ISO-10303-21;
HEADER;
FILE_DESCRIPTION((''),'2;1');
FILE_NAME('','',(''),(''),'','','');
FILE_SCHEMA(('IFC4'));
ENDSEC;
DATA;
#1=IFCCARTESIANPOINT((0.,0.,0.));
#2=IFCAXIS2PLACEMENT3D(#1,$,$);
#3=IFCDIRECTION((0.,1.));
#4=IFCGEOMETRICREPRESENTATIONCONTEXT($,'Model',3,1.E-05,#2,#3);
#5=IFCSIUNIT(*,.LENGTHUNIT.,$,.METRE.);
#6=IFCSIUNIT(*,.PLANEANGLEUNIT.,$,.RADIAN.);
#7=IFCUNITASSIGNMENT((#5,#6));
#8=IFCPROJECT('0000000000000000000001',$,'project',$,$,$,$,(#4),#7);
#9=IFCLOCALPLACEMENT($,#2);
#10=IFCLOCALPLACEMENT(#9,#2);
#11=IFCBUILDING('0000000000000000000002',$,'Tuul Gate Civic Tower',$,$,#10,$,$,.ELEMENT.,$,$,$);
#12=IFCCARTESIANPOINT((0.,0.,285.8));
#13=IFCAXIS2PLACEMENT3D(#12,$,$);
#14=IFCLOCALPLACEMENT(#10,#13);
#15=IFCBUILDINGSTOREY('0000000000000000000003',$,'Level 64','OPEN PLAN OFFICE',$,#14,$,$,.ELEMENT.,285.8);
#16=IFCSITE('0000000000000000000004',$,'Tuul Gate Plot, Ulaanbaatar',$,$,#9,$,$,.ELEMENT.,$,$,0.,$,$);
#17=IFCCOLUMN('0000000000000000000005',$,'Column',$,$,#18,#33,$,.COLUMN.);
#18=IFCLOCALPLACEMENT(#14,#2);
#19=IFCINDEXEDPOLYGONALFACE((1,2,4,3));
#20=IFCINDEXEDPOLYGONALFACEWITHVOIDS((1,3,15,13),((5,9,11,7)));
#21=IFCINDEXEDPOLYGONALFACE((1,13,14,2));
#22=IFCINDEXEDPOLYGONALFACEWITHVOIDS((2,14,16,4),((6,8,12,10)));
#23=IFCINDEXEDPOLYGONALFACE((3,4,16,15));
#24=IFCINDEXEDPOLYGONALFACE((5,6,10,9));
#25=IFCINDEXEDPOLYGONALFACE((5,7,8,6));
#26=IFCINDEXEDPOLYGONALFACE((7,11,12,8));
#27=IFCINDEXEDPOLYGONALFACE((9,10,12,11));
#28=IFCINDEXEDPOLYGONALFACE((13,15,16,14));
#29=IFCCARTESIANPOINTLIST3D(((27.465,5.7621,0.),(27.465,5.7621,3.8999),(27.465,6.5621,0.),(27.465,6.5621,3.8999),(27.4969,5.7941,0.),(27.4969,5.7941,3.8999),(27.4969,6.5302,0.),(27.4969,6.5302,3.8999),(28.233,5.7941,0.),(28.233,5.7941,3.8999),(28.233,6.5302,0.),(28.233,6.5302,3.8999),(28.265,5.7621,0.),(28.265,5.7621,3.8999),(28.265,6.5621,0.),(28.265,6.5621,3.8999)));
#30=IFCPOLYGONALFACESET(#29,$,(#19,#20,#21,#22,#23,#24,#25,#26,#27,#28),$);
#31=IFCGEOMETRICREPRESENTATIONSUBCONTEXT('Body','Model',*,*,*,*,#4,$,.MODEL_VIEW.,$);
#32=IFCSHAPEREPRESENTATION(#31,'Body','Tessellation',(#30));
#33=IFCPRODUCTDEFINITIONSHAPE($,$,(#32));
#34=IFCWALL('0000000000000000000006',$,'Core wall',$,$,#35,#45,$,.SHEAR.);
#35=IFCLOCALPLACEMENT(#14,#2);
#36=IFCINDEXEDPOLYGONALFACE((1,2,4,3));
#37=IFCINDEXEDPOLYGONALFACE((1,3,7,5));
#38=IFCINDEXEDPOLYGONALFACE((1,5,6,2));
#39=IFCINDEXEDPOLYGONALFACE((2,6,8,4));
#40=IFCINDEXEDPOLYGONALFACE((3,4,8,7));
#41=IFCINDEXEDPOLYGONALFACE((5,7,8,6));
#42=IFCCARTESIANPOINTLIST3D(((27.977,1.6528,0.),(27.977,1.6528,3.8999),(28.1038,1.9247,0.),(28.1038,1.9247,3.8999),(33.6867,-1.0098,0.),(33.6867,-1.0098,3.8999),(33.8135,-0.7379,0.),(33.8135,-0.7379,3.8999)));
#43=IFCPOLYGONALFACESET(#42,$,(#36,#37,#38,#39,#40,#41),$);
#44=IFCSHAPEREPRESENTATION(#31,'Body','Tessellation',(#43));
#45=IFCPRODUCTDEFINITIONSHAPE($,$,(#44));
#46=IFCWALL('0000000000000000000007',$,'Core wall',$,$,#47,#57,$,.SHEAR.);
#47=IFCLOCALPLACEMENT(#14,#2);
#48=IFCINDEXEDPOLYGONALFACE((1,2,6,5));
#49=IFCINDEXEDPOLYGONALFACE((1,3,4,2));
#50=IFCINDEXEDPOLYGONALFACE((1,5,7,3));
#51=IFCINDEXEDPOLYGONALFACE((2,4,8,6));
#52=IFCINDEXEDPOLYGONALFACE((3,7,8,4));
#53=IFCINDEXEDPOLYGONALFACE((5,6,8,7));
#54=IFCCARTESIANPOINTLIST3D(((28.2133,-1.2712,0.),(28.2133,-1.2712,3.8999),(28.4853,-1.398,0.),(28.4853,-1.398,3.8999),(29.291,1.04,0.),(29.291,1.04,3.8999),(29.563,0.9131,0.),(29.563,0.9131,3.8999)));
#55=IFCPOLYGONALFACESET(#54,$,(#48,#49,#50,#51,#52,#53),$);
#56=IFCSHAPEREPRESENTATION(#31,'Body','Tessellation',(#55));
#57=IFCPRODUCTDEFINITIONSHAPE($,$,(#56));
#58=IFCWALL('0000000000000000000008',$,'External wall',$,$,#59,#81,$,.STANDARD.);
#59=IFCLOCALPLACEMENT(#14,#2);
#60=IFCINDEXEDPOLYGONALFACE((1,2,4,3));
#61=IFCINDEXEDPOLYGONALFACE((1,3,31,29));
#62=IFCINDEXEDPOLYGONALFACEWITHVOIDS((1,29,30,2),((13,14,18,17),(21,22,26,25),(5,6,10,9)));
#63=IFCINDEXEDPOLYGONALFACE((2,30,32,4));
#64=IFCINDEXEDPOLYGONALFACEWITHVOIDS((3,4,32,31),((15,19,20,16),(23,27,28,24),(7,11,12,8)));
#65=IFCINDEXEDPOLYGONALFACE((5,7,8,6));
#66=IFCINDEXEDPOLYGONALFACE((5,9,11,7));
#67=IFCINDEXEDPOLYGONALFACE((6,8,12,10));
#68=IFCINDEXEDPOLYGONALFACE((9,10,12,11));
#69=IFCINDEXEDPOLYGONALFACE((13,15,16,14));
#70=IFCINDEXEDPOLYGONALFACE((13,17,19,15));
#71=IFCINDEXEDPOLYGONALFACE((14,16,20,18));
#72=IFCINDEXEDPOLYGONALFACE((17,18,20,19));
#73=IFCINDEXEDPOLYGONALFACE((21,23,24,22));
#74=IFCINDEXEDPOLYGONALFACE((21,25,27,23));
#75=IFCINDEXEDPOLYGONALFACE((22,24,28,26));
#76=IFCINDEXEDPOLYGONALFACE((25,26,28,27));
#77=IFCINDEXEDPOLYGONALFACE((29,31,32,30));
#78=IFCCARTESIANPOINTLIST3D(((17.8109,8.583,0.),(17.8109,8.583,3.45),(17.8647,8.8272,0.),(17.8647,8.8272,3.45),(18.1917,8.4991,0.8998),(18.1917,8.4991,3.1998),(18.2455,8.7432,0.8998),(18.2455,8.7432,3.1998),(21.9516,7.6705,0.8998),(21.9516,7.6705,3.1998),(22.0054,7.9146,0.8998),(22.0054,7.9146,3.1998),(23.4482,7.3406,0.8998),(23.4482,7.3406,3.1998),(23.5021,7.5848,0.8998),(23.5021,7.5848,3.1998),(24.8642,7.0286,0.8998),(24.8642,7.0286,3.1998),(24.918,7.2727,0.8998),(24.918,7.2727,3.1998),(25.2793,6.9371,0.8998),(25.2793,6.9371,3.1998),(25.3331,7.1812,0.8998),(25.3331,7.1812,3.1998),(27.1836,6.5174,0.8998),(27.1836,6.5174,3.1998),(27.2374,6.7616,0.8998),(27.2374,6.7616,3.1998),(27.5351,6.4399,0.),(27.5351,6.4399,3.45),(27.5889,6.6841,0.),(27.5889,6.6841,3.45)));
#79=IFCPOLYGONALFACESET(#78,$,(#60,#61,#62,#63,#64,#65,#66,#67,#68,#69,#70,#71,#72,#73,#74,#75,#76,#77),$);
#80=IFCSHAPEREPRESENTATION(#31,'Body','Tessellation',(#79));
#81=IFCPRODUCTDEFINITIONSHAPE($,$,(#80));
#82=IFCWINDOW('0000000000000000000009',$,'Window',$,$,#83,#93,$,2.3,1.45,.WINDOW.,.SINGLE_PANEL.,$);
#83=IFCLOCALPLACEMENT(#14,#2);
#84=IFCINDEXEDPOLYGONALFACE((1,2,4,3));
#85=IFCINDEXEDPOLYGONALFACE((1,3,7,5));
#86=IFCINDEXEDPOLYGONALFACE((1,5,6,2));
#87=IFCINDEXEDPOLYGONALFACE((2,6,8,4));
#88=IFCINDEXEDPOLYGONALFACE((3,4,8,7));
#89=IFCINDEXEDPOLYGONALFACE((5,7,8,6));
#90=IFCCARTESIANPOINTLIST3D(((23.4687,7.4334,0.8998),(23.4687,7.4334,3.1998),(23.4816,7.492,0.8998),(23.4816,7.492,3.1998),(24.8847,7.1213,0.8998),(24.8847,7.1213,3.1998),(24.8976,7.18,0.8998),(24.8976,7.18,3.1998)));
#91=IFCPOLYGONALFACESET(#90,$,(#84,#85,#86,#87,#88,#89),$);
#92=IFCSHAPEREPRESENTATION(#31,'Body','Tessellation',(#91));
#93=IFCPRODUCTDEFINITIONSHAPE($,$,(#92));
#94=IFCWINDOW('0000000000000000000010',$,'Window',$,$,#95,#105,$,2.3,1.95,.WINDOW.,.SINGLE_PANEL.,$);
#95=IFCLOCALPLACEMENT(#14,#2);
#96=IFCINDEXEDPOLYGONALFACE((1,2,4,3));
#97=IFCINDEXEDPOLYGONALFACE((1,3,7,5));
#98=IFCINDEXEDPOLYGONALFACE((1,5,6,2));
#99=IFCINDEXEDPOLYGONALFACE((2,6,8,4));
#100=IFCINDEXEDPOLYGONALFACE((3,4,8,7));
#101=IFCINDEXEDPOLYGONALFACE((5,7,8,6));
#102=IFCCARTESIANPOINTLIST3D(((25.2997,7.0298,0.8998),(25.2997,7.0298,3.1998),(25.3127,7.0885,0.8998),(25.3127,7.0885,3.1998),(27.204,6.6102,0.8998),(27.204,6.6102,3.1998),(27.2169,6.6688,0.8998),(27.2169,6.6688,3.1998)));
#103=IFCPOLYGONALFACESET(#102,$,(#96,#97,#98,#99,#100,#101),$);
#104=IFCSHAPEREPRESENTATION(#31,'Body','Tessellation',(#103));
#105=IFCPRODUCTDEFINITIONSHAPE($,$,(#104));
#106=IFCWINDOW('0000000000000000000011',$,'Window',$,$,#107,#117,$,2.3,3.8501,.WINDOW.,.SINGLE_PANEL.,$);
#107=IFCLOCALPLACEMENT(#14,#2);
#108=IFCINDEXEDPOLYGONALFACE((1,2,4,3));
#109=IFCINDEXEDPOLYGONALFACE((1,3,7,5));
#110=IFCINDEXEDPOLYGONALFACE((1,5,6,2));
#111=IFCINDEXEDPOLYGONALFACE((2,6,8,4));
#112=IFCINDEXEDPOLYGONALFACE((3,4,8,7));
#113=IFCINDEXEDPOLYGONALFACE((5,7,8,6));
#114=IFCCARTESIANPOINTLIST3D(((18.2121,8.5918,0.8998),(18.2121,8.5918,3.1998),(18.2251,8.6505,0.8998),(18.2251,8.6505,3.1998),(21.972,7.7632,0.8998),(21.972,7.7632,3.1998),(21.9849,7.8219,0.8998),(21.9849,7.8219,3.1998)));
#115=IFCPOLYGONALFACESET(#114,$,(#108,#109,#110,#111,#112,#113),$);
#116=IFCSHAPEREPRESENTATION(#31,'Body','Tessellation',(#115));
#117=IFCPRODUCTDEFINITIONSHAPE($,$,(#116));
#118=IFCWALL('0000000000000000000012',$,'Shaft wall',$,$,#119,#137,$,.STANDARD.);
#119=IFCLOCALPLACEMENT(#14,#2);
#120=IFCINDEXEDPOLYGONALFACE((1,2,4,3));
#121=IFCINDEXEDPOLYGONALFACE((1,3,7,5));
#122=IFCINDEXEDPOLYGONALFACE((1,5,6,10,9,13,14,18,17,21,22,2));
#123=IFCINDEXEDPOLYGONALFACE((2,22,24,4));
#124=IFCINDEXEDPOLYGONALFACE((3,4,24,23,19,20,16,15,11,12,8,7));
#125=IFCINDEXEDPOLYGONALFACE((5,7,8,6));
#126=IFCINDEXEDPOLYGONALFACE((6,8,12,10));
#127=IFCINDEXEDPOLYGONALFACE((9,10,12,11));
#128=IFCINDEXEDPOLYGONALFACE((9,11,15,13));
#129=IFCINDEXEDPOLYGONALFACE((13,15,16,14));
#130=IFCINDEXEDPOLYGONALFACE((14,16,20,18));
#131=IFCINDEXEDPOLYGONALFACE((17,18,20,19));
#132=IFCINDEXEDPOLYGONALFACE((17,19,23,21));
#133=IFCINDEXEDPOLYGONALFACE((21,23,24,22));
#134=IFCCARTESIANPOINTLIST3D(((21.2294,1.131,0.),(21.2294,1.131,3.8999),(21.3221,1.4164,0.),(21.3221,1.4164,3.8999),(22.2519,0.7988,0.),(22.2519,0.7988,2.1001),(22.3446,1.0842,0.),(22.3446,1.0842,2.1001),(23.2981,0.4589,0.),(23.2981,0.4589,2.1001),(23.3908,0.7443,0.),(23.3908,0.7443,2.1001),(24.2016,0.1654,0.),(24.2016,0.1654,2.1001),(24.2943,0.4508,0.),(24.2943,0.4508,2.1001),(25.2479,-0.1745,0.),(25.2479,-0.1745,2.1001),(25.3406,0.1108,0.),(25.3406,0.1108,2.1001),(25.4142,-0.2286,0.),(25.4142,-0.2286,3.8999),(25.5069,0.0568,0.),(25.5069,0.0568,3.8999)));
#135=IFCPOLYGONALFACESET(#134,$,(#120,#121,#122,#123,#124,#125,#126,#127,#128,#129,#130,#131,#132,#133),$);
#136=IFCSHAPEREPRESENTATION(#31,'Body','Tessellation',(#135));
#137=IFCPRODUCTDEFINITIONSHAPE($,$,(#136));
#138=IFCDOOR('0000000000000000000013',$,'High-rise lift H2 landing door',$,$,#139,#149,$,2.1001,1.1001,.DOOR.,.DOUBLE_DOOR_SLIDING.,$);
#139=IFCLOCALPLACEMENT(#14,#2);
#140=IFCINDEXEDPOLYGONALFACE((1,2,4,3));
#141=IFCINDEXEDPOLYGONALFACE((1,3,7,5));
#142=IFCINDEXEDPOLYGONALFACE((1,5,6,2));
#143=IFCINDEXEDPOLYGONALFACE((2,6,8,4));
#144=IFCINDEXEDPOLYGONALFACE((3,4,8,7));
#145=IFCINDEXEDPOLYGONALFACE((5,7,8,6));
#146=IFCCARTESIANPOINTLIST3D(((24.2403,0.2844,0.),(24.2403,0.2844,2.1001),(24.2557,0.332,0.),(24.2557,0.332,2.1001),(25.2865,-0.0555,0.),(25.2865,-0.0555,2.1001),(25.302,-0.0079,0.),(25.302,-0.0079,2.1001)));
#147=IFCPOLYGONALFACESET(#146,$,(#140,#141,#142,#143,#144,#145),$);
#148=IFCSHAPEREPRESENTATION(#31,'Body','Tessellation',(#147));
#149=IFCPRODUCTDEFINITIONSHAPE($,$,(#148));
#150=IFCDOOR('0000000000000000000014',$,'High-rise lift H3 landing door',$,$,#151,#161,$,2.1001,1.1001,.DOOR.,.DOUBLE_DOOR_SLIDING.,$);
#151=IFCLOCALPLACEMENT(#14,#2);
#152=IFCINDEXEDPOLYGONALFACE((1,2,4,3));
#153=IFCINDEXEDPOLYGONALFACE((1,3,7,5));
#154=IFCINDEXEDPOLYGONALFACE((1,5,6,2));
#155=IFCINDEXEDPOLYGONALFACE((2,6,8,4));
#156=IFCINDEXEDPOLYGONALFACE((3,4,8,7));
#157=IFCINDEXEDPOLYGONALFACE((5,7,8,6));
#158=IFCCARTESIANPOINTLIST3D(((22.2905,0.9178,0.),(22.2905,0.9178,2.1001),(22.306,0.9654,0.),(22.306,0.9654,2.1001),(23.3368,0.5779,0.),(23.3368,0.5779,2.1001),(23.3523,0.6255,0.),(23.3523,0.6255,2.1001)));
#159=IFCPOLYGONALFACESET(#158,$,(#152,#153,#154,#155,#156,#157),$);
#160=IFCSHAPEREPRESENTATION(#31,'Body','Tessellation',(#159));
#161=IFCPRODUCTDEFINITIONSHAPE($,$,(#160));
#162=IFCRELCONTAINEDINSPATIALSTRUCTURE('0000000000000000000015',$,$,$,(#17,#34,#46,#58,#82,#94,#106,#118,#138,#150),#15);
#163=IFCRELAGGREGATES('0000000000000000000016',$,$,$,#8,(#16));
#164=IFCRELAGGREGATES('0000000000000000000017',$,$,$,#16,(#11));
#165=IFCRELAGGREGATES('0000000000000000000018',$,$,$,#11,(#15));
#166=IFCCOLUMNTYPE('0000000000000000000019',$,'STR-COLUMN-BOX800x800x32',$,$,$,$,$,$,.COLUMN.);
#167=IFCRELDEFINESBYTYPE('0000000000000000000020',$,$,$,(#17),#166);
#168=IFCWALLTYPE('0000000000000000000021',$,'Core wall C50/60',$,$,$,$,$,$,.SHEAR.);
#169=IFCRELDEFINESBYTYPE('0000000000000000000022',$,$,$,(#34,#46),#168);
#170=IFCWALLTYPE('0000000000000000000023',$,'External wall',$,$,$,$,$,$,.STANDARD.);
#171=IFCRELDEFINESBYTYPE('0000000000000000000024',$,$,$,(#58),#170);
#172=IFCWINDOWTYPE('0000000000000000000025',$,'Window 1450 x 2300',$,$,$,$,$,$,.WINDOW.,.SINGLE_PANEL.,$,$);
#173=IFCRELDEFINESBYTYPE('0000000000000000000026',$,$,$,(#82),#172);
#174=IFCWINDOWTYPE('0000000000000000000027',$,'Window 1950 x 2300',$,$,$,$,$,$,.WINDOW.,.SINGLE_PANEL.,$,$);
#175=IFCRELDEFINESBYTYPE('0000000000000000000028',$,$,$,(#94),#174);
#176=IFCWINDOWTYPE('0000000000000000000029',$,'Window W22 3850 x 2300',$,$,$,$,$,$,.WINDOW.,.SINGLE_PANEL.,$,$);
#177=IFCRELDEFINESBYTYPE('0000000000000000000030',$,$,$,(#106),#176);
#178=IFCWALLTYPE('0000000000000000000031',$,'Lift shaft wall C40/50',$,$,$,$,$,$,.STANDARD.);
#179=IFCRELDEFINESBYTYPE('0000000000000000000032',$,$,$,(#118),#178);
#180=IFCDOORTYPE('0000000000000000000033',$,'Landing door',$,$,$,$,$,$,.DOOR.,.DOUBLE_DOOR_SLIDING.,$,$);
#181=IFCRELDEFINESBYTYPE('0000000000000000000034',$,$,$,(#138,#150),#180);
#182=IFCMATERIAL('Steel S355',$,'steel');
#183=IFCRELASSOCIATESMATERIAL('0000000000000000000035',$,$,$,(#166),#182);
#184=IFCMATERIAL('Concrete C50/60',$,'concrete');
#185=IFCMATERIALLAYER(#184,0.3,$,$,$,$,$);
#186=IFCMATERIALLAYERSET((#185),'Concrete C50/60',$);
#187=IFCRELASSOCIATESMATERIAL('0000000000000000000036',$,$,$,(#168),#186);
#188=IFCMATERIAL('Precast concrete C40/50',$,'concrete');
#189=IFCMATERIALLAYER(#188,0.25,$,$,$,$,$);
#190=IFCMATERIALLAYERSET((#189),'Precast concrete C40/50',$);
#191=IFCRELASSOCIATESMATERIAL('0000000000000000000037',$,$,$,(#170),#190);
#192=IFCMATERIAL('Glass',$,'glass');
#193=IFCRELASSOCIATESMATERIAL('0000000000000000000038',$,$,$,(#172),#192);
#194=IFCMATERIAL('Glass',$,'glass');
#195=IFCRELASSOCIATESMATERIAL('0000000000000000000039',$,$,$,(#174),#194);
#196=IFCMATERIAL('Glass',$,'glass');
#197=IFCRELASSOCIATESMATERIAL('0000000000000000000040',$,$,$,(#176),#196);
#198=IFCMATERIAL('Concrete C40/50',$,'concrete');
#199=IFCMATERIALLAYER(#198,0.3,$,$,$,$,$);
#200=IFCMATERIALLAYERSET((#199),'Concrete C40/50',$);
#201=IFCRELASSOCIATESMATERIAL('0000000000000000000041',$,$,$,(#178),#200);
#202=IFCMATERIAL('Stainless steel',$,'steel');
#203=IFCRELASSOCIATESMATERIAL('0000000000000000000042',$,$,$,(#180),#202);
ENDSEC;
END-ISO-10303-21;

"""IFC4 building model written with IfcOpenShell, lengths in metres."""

from ifc_helpers import new_model, si_unit, direction, frame, frame_2d, origin, origin_2d, place, context, subcontext, project, spatial, rectangle, hollow_rectangle, extrude, material, layer, layer_set, material_profile, profile_set, type_object, element, fill, save


model = new_model("IFC4")

# Units and contexts
model_context = context("Model", 3, precision=1e-05, world=origin(), true_north=direction((0.0, 1.0)))
body_context = subcontext(model_context, "Body", "Model", "MODEL_VIEW")
ifc_project = project(units=[si_unit("LENGTHUNIT", "METRE"), si_unit("PLANEANGLEUNIT", "RADIAN")], contexts=[model_context])

# Site, building, storey
site_placement = place(None, origin())
site = spatial("IfcSite", under=ifc_project, at=site_placement, Name="Tuul Gate Plot, Ulaanbaatar", CompositionType="ELEMENT", RefElevation=0.0)
building_placement = place(site_placement, origin())
building = spatial("IfcBuilding", under=site, at=building_placement, Name="Tuul Gate Civic Tower", CompositionType="ELEMENT")
storey_placement = place(building_placement, frame((0.0, 0.0, 285.8)))
storey = spatial("IfcBuildingStorey", under=building, at=storey_placement, Name="Level 64", Description="OPEN PLAN OFFICE", CompositionType="ELEMENT", Elevation=285.8)

# Column
ifc_material_1 = material(Name="Steel S355", Category="steel")
ifc_material_profile_1 = material_profile(ifc_material_1, hollow_rectangle(XDim=0.8, YDim=0.8, WallThickness=0.032, at=origin_2d()), Name="BOX800x800x32")
ifc_profile_set_1 = profile_set([ifc_material_profile_1], Name="Steel S355")
column_type = type_object("IfcColumnType", Name="STR-COLUMN-BOX800x800x32", PredefinedType="COLUMN", material=ifc_profile_set_1)
column_placement = place(storey_placement, frame((27.865, 6.1621, 0.0), z_axis=(0.0, 0.0, 1.0), x_axis=(1.0, 0.0, 0.0)))
element("IfcColumn", 1, at=column_placement, inside=storey, type_object=column_type, Name="Column", PredefinedType="COLUMN", context=body_context, shape_type="SweptSolid", body=[
    extrude(hollow_rectangle(XDim=0.8, YDim=0.8, WallThickness=0.032, at=origin_2d()), origin(), (0.0, 0.0, 1.0), 3.8999),
])

# Walls
ifc_material_2 = material(Name="Concrete C50/60", Category="concrete")
ifc_layer_1 = layer(ifc_material_2, 0.3)
ifc_layer_set_1 = layer_set([ifc_layer_1], Name="Concrete C50/60")
wall_type_1 = type_object("IfcWallType", Name="Core wall C50/60", PredefinedType="SHEAR", material=ifc_layer_set_1)
wall_1_placement = place(storey_placement, frame((33.75, -0.8738, 0.0), z_axis=(0.0, 0.0, 1.0), x_axis=(-0.906301, 0.422633, 0.0)))
element("IfcWall", 2, at=wall_1_placement, inside=storey, type_object=wall_type_1, Name="Core wall", PredefinedType="SHEAR", context=body_context, shape_type="SweptSolid", body=[
    extrude(rectangle(XDim=6.3, YDim=0.3, at=frame_2d((3.1499, 0.0))), origin(), (0.0, 0.0, 1.0), 3.8999),
])
wall_2_placement = place(storey_placement, frame((28.3494, -1.3345, 0.0), z_axis=(0.0, 0.0, 1.0), x_axis=(0.422613, 0.90631, 0.0)))
element("IfcWall", 3, at=wall_2_placement, inside=storey, type_object=wall_type_1, Name="Core wall", PredefinedType="SHEAR", context=body_context, shape_type="SweptSolid", body=[
    extrude(rectangle(XDim=2.55, YDim=0.3, at=frame_2d((1.2749, 0.0))), origin(), (0.0, 0.0, 1.0), 3.8999),
])

# Wall, openings, windows
ifc_material_3 = material(Name="Precast concrete C40/50", Category="concrete")
ifc_layer_2 = layer(ifc_material_3, 0.25)
ifc_layer_set_2 = layer_set([ifc_layer_2], Name="Precast concrete C40/50")
wall_type_2 = type_object("IfcWallType", Name="External wall", PredefinedType="STANDARD", material=ifc_layer_set_2)
wall_3_placement = place(storey_placement, frame((27.562, 6.562, 0.0), z_axis=(0.0, 0.0, 1.0), x_axis=(-0.976565, 0.215222, 0.0)))
wall_3 = element("IfcWall", 4, at=wall_3_placement, inside=storey, type_object=wall_type_2, Name="External wall", PredefinedType="STANDARD", context=body_context, shape_type="SweptSolid", body=[
    extrude(rectangle(XDim=9.9575, YDim=0.25, at=frame_2d((4.9788, 0.0))), origin(), (0.0, 0.0, 1.0), 3.45),
])
opening_1_placement = place(wall_3_placement, frame((5.7175, 0.0, 0.8999)))
opening_1 = element("IfcOpeningElement", 5, at=opening_1_placement, cuts=wall_3, PredefinedType="OPENING", context=body_context, shape_type="SweptSolid", body=[
    extrude(rectangle(XDim=3.8501, YDim=2.3, at=frame_2d((1.925, 1.1499))), frame((0.0, 0.135, 0.0), z_axis=(0.0, -1.0, 0.0), x_axis=(1.0, 0.0, 0.0)), (0.0, 0.0, 1.0), 0.27),
])
opening_2_placement = place(wall_3_placement, frame((0.3599, 0.0, 0.8999)))
opening_2 = element("IfcOpeningElement", 6, at=opening_2_placement, cuts=wall_3, PredefinedType="OPENING", context=body_context, shape_type="SweptSolid", body=[
    extrude(rectangle(XDim=1.95, YDim=2.3, at=frame_2d((0.9751, 1.1499))), frame((0.0, 0.135, 0.0), z_axis=(0.0, -1.0, 0.0), x_axis=(1.0, 0.0, 0.0)), (0.0, 0.0, 1.0), 0.27),
])
opening_3_placement = place(wall_3_placement, frame((2.7349, 0.0, 0.8999)))
opening_3 = element("IfcOpeningElement", 7, at=opening_3_placement, cuts=wall_3, PredefinedType="OPENING", context=body_context, shape_type="SweptSolid", body=[
    extrude(rectangle(XDim=1.45, YDim=2.3, at=frame_2d((0.7251, 1.1499))), frame((0.0, 0.135, 0.0), z_axis=(0.0, -1.0, 0.0), x_axis=(1.0, 0.0, 0.0)), (0.0, 0.0, 1.0), 0.27),
])
ifc_material_4 = material(Name="Glass", Category="glass")
window_type_1 = type_object("IfcWindowType", Name="Window 1450 x 2300", PartitioningType="SINGLE_PANEL", PredefinedType="WINDOW", material=ifc_material_4)
window_1_placement = place(opening_3_placement, origin())
window_1 = element("IfcWindow", 8, at=window_1_placement, inside=storey, type_object=window_type_1, Name="Window", OverallHeight=2.3, OverallWidth=1.45, PartitioningType="SINGLE_PANEL", PredefinedType="WINDOW", context=body_context, shape_type="SweptSolid", body=[
    extrude(rectangle(XDim=1.45, YDim=2.3, at=frame_2d((0.7251, 1.1499))), frame((0.0, 0.03, 0.0), z_axis=(0.0, -1.0, 0.0), x_axis=(1.0, 0.0, 0.0)), (0.0, 0.0, 1.0), 0.0601),
])
fill(opening_3, window_1)
ifc_material_5 = material(Name="Glass", Category="glass")
window_type_2 = type_object("IfcWindowType", Name="Window 1950 x 2300", PartitioningType="SINGLE_PANEL", PredefinedType="WINDOW", material=ifc_material_5)
window_2_placement = place(opening_2_placement, origin())
window_2 = element("IfcWindow", 9, at=window_2_placement, inside=storey, type_object=window_type_2, Name="Window", OverallHeight=2.3, OverallWidth=1.95, PartitioningType="SINGLE_PANEL", PredefinedType="WINDOW", context=body_context, shape_type="SweptSolid", body=[
    extrude(rectangle(XDim=1.95, YDim=2.3, at=frame_2d((0.9751, 1.1499))), frame((0.0, 0.03, 0.0), z_axis=(0.0, -1.0, 0.0), x_axis=(1.0, 0.0, 0.0)), (0.0, 0.0, 1.0), 0.0601),
])
fill(opening_2, window_2)
ifc_material_6 = material(Name="Glass", Category="glass")
window_type_3 = type_object("IfcWindowType", Name="Window W22 3850 x 2300", PartitioningType="SINGLE_PANEL", PredefinedType="WINDOW", material=ifc_material_6)
window_3_placement = place(opening_1_placement, origin())
window_3 = element("IfcWindow", 10, at=window_3_placement, inside=storey, type_object=window_type_3, Name="Window", OverallHeight=2.3, OverallWidth=3.8501, PartitioningType="SINGLE_PANEL", PredefinedType="WINDOW", context=body_context, shape_type="SweptSolid", body=[
    extrude(rectangle(XDim=3.8501, YDim=2.3, at=frame_2d((1.925, 1.1499))), frame((0.0, 0.03, 0.0), z_axis=(0.0, -1.0, 0.0), x_axis=(1.0, 0.0, 0.0)), (0.0, 0.0, 1.0), 0.0601),
])
fill(opening_1, window_3)

# Wall, openings, doors
ifc_material_7 = material(Name="Concrete C40/50", Category="concrete")
ifc_layer_3 = layer(ifc_material_7, 0.3)
ifc_layer_set_3 = layer_set([ifc_layer_3], Name="Concrete C40/50")
wall_type_3 = type_object("IfcWallType", Name="Lift shaft wall C40/50", PredefinedType="STANDARD", material=ifc_layer_set_3)
wall_4_placement = place(storey_placement, frame((25.4607, -0.0859, 0.0), z_axis=(0.0, 0.0, 1.0), x_axis=(-0.951064, 0.308994, 0.0)))
wall_4 = element("IfcWall", 11, at=wall_4_placement, inside=storey, type_object=wall_type_3, Name="Shaft wall", PredefinedType="STANDARD", context=body_context, shape_type="SweptSolid", body=[
    extrude(rectangle(XDim=4.4001, YDim=0.3, at=frame_2d((2.2002, 0.0))), origin(), (0.0, 0.0, 1.0), 3.8999),
])
opening_4_placement = place(wall_4_placement, frame((0.175, 0.0, 0.0)))
opening_4 = element("IfcOpeningElement", 12, at=opening_4_placement, cuts=wall_4, PredefinedType="OPENING", context=body_context, shape_type="SweptSolid", body=[
    extrude(rectangle(XDim=1.1001, YDim=2.1001, at=frame_2d((0.55, 1.05))), frame((0.0, 0.1602, 0.0), z_axis=(0.0, -1.0, 0.0), x_axis=(1.0, 0.0, 0.0)), (0.0, 0.0, 1.0), 0.3201),
])
opening_5_placement = place(wall_4_placement, frame((2.2251, 0.0, 0.0)))
opening_5 = element("IfcOpeningElement", 13, at=opening_5_placement, cuts=wall_4, PredefinedType="OPENING", context=body_context, shape_type="SweptSolid", body=[
    extrude(rectangle(XDim=1.1001, YDim=2.1001, at=frame_2d((0.55, 1.05))), frame((0.0, 0.1602, 0.0), z_axis=(0.0, -1.0, 0.0), x_axis=(1.0, 0.0, 0.0)), (0.0, 0.0, 1.0), 0.3201),
])
ifc_material_8 = material(Name="Stainless steel", Category="steel")
door_type_1 = type_object("IfcDoorType", Name="Landing door", OperationType="DOUBLE_DOOR_SLIDING", PredefinedType="DOOR", material=ifc_material_8)
door_1_placement = place(opening_4_placement, origin())
door_1 = element("IfcDoor", 14, at=door_1_placement, inside=storey, type_object=door_type_1, Name="High-rise lift H2 landing door", OperationType="DOUBLE_DOOR_SLIDING", OverallHeight=2.1001, OverallWidth=1.1001, PredefinedType="DOOR", context=body_context, shape_type="SweptSolid", body=[
    extrude(rectangle(XDim=1.1001, YDim=2.1001, at=frame_2d((0.55, 1.05))), frame((0.0, 0.0249, 0.0), z_axis=(0.0, -1.0, 0.0), x_axis=(1.0, 0.0, 0.0)), (0.0, 0.0, 1.0), 0.05),
])
fill(opening_4, door_1)
door_2_placement = place(opening_5_placement, origin())
door_2 = element("IfcDoor", 15, at=door_2_placement, inside=storey, type_object=door_type_1, Name="High-rise lift H3 landing door", OperationType="DOUBLE_DOOR_SLIDING", OverallHeight=2.1001, OverallWidth=1.1001, PredefinedType="DOOR", context=body_context, shape_type="SweptSolid", body=[
    extrude(rectangle(XDim=1.1001, YDim=2.1001, at=frame_2d((0.55, 1.05))), frame((0.0, 0.0249, 0.0), z_axis=(0.0, -1.0, 0.0), x_axis=(1.0, 0.0, 0.0)), (0.0, 0.0, 1.0), 0.05),
])
fill(opening_5, door_2)

save(model, "model.ifc")
